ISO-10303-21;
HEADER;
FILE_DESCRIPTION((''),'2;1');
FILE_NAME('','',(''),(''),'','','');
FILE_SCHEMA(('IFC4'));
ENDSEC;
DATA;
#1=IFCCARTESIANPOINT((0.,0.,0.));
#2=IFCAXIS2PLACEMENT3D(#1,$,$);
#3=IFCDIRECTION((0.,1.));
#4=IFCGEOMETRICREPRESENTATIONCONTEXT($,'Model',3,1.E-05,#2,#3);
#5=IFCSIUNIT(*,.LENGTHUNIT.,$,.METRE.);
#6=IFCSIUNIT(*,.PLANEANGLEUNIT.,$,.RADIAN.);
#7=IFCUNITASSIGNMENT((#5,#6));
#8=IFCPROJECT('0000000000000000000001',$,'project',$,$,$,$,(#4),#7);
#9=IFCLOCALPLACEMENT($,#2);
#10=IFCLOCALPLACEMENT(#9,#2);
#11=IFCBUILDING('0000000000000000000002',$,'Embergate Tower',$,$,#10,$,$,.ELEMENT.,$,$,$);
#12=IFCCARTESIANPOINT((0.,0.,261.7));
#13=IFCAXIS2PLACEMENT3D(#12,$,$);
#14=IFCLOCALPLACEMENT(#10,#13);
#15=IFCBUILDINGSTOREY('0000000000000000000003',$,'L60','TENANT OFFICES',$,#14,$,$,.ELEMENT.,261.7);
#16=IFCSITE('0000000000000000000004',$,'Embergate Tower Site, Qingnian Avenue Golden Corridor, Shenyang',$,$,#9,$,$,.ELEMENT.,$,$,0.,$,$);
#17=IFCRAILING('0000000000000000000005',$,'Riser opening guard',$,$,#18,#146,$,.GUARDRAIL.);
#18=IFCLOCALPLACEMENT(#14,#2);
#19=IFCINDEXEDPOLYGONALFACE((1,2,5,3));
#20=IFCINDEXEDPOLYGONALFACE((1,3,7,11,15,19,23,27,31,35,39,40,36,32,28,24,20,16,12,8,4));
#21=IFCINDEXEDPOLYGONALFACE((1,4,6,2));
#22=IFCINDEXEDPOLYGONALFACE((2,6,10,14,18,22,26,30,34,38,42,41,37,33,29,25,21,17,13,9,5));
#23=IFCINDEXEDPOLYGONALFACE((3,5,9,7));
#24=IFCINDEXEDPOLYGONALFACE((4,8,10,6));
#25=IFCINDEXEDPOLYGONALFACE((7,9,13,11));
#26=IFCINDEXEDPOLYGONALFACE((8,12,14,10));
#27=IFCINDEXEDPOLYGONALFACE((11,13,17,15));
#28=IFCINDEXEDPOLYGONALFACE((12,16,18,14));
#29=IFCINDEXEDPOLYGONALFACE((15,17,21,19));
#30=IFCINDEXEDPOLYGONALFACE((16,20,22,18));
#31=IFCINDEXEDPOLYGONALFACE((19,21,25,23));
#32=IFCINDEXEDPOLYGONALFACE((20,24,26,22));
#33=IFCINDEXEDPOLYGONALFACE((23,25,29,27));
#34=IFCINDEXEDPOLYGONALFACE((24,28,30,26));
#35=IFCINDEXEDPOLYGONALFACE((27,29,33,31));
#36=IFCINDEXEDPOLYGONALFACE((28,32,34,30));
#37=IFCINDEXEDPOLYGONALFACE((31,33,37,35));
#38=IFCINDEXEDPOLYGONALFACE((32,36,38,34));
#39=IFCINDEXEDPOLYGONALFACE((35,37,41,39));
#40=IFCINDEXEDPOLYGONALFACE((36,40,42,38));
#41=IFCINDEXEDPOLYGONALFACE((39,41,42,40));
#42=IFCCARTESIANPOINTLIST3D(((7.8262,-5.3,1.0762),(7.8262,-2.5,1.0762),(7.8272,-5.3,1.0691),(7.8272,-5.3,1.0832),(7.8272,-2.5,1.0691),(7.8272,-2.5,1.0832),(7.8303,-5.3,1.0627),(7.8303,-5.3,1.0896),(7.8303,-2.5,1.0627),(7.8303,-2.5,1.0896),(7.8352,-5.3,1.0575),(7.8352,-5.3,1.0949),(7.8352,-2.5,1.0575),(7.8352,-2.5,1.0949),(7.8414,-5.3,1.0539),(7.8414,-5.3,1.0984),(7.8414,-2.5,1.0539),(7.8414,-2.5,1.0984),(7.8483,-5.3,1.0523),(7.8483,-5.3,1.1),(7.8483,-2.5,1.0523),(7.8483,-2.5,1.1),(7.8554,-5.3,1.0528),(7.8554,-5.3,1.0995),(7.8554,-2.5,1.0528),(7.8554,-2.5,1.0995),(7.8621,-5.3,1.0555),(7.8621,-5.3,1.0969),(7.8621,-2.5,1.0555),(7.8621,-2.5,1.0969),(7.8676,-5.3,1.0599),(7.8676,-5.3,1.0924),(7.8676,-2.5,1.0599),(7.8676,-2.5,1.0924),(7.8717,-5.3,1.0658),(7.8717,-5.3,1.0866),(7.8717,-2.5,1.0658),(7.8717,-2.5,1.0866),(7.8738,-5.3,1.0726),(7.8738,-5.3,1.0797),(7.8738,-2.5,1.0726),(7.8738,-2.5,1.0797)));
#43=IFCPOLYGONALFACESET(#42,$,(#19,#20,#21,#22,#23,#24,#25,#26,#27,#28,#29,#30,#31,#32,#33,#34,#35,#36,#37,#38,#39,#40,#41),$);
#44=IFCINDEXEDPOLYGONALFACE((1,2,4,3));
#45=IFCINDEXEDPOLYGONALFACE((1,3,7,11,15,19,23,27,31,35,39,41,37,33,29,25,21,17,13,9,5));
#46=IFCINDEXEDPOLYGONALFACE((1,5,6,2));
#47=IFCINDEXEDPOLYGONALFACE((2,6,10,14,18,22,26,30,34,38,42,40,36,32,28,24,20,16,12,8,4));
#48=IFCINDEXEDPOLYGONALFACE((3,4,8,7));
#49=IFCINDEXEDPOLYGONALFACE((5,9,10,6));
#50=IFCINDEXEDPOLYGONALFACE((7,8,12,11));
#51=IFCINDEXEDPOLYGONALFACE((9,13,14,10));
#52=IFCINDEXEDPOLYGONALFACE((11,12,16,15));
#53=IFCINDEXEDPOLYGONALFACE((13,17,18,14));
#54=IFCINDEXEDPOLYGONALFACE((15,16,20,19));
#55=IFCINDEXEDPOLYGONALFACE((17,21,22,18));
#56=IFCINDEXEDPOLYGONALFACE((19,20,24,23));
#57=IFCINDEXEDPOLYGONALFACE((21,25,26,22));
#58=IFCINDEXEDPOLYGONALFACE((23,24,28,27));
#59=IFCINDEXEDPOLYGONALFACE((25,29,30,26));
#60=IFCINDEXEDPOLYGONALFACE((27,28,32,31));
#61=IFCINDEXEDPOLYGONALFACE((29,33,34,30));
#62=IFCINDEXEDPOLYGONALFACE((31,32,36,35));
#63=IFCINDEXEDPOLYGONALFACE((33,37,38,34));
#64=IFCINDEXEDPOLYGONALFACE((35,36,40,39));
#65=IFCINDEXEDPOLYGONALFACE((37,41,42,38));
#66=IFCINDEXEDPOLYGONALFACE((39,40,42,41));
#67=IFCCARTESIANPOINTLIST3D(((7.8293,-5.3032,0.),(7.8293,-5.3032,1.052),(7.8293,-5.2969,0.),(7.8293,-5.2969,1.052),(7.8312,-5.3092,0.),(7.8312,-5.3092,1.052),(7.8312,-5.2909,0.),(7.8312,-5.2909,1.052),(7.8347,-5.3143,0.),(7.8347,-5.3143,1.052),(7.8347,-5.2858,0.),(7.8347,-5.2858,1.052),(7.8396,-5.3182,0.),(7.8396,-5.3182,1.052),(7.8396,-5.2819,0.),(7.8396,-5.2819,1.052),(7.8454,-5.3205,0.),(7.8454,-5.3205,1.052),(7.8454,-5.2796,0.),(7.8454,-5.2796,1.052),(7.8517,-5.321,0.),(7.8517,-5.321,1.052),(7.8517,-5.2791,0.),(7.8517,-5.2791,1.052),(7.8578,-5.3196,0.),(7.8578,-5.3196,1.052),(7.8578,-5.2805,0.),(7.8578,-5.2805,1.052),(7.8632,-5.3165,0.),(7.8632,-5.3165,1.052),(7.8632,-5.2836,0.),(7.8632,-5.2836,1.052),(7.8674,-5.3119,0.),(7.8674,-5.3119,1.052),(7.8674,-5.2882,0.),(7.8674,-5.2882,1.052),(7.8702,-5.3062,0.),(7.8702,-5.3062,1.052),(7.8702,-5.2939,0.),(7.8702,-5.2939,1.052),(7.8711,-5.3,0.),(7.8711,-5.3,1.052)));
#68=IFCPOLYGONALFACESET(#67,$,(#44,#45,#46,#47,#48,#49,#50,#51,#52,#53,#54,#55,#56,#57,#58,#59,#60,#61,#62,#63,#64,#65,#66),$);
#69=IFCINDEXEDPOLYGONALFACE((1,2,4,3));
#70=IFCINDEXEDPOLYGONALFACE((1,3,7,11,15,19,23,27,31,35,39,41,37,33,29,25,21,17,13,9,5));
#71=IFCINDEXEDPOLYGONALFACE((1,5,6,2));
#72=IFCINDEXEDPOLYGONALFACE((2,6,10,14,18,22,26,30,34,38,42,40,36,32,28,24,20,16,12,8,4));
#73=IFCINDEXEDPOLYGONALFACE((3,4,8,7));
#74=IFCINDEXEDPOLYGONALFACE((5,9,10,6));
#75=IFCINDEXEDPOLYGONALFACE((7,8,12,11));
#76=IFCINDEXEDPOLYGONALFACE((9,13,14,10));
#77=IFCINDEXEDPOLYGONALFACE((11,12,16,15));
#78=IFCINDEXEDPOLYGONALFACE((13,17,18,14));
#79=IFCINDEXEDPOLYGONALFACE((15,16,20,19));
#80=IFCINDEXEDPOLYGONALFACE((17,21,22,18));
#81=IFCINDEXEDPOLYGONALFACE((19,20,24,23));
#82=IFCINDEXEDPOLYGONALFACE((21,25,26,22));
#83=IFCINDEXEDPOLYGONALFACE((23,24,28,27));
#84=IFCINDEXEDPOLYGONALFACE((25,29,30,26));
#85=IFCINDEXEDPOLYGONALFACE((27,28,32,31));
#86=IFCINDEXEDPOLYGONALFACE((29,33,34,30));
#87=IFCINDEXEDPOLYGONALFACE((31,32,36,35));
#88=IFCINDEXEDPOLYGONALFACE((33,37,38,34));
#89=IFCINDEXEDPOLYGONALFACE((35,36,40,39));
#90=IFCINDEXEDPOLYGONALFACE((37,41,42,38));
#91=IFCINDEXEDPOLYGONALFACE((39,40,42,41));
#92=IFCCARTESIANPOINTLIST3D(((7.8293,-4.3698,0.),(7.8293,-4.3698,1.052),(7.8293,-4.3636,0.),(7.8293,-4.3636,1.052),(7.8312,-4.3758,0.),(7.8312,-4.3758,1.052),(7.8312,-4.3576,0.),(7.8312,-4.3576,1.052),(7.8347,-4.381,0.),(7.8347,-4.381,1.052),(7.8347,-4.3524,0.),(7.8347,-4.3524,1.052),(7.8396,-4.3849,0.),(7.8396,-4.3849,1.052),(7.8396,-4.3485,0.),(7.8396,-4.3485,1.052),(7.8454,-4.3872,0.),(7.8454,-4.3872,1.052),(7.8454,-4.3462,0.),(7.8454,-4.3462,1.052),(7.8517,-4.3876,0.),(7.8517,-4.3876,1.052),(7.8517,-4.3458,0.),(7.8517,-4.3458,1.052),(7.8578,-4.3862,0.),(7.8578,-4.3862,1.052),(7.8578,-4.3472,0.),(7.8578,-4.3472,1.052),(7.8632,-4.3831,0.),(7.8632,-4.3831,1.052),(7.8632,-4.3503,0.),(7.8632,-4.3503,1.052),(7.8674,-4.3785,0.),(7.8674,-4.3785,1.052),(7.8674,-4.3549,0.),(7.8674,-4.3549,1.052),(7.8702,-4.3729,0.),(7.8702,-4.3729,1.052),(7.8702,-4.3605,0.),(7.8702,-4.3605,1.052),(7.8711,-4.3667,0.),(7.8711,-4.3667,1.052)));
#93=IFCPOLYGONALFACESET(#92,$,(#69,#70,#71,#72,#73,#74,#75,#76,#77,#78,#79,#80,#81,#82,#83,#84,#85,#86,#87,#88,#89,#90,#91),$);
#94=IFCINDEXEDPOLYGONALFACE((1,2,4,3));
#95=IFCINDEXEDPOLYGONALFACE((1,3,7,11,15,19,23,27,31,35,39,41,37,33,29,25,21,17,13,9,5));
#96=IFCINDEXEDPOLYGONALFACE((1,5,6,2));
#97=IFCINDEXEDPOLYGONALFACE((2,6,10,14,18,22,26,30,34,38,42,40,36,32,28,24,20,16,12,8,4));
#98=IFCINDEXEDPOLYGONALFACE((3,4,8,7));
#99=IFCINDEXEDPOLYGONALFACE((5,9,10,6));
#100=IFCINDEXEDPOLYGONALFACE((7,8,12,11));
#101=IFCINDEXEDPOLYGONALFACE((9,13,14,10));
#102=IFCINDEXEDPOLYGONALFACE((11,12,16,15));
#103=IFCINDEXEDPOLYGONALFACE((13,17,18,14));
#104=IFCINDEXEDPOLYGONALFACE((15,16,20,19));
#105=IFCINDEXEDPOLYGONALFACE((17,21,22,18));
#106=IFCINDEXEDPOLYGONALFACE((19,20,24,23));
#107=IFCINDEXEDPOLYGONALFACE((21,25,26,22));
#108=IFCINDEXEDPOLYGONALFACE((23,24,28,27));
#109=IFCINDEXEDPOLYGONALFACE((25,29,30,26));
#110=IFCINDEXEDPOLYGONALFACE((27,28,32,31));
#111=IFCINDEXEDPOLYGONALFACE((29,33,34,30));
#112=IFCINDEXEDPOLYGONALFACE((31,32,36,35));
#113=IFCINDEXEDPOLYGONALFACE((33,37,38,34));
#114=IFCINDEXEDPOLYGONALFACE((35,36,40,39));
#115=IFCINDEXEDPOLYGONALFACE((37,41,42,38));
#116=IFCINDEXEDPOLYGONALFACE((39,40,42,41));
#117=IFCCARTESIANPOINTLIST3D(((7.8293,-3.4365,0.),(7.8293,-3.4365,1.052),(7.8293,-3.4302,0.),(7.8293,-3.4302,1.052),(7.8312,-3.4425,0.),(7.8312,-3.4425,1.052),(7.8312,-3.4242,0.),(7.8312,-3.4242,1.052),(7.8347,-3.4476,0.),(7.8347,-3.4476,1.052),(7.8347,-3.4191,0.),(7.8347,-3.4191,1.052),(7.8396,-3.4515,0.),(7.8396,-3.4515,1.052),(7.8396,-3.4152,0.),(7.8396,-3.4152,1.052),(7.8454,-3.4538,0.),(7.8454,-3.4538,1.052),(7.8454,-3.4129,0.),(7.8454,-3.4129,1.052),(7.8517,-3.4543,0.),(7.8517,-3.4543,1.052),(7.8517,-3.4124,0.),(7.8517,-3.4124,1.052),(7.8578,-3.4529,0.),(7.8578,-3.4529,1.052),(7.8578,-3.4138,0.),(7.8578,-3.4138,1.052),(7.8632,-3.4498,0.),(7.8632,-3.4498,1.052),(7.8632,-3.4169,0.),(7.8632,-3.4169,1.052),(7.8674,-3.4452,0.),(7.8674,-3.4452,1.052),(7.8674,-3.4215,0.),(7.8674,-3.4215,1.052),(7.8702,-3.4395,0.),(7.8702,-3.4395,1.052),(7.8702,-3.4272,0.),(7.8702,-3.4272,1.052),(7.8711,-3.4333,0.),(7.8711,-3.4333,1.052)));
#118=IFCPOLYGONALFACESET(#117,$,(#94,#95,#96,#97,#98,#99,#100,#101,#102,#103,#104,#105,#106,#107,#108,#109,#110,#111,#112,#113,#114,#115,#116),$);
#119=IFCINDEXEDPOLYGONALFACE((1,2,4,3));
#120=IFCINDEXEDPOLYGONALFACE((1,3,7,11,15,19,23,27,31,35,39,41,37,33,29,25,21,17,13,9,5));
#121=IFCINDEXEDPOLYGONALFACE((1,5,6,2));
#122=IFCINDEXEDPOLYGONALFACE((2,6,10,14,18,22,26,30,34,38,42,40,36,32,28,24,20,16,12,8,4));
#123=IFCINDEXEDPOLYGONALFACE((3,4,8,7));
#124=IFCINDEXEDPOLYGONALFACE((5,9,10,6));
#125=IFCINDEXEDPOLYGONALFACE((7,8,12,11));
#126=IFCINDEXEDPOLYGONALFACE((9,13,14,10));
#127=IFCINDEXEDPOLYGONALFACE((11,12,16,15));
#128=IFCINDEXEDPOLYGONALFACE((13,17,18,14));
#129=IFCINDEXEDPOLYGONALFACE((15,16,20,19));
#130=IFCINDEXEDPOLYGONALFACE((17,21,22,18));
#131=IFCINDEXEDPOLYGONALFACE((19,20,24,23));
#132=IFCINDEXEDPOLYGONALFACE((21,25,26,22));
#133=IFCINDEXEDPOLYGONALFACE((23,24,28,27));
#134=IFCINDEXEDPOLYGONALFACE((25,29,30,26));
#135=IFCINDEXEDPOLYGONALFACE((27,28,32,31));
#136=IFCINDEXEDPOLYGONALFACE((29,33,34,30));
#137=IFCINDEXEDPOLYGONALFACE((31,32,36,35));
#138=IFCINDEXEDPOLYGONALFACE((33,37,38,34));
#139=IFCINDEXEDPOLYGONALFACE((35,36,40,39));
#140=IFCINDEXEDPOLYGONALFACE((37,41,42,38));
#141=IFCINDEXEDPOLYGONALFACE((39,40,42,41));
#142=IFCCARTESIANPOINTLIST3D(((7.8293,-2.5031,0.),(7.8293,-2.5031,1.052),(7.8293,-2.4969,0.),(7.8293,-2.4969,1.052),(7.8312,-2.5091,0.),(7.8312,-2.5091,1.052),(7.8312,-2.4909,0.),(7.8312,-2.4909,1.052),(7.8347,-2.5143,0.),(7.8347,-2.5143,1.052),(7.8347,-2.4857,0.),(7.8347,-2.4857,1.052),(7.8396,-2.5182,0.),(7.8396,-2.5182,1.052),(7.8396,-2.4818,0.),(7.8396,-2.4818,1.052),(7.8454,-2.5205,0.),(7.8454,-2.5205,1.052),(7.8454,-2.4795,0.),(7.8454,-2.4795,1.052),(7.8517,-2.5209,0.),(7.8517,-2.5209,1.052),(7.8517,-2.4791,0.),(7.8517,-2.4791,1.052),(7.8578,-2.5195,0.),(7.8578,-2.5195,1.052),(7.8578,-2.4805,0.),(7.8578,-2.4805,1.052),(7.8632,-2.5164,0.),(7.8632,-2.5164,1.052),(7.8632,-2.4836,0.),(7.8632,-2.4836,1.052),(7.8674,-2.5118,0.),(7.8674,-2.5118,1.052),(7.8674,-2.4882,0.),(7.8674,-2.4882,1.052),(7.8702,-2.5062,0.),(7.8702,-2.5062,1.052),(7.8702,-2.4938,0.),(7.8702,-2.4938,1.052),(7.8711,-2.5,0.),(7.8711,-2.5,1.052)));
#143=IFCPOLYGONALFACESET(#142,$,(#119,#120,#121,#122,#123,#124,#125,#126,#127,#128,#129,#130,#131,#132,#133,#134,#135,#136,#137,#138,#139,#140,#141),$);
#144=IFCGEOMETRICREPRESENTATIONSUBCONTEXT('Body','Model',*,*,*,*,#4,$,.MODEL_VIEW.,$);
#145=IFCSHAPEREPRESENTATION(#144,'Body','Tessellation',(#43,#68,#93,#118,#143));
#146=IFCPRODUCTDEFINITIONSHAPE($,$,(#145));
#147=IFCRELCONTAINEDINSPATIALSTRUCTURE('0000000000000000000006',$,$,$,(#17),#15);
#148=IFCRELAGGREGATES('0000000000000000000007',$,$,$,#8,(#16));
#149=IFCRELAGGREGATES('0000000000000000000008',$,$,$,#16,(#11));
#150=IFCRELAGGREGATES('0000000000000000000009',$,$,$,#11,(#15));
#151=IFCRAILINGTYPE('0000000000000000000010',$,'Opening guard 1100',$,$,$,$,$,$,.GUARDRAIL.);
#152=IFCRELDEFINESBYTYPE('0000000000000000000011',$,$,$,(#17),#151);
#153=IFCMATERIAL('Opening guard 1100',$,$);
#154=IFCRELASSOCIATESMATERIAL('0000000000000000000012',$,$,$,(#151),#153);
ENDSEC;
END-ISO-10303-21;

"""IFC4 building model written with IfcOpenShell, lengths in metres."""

from ifc_helpers import new_model, si_unit, direction, frame, origin, origin_2d, place, context, subcontext, project, spatial, circle, extrude, source, transform, mapped, material, type_object, element, save


model = new_model("IFC4")

# Units and contexts
model_context = context("Model", 3, precision=1e-05, world=origin(), true_north=direction((0.0, 1.0)))
body_context = subcontext(model_context, "Body", "Model", "MODEL_VIEW")
ifc_project = project(units=[si_unit("LENGTHUNIT", "METRE"), si_unit("PLANEANGLEUNIT", "RADIAN")], contexts=[model_context])

# Site, building, storey
site_placement = place(None, origin())
site = spatial("IfcSite", under=ifc_project, at=site_placement, Name="Embergate Tower Site, Qingnian Avenue Golden Corridor, Shenyang", CompositionType="ELEMENT", RefElevation=0.0)
building_placement = place(site_placement, origin())
building = spatial("IfcBuilding", under=site, at=building_placement, Name="Embergate Tower", CompositionType="ELEMENT")
storey_placement = place(building_placement, frame((0.0, 0.0, 261.7)))
storey = spatial("IfcBuildingStorey", under=building, at=storey_placement, Name="L60", Description="TENANT OFFICES", CompositionType="ELEMENT", Elevation=261.7)

# Railing
ifc_material_1 = material(Name="Opening guard 1100")
railing_type_1 = type_object("IfcRailingType", Name="Opening guard 1100", PredefinedType="GUARDRAIL", material=ifc_material_1)
shared_shape_1 = source(origin(), body_context, "Body", "SweptSolid", [
    extrude(circle(Radius=0.0239, at=origin_2d()), frame((0.0, 0.0, 1.0762), z_axis=(0.0, 1.0, 0.0), x_axis=(-1.0, 0.0, 0.0)), (0.0, 0.0, 1.0), 2.8),
    extrude(circle(Radius=0.021, at=origin_2d()), origin(), (0.0, 0.0, 1.0), 1.052),
    extrude(circle(Radius=0.021, at=origin_2d()), frame((0.0, 0.9333, 0.0)), (0.0, 0.0, 1.0), 1.052),
    extrude(circle(Radius=0.021, at=origin_2d()), frame((0.0, 1.8667, 0.0)), (0.0, 0.0, 1.0), 1.052),
    extrude(circle(Radius=0.021, at=origin_2d()), frame((0.0, 2.8, 0.0)), (0.0, 0.0, 1.0), 1.052),
])
railing_1_placement = place(storey_placement, frame((7.8501, -5.3, 0.0)))
element("IfcRailing", 1, at=railing_1_placement, inside=storey, type_object=railing_type_1, Name="Riser opening guard", PredefinedType="GUARDRAIL", context=body_context, shape_type="MappedRepresentation", body=[
    mapped(shared_shape_1, transform((0.0, 0.0, 0.0))),
])

save(model, "model.ifc")
